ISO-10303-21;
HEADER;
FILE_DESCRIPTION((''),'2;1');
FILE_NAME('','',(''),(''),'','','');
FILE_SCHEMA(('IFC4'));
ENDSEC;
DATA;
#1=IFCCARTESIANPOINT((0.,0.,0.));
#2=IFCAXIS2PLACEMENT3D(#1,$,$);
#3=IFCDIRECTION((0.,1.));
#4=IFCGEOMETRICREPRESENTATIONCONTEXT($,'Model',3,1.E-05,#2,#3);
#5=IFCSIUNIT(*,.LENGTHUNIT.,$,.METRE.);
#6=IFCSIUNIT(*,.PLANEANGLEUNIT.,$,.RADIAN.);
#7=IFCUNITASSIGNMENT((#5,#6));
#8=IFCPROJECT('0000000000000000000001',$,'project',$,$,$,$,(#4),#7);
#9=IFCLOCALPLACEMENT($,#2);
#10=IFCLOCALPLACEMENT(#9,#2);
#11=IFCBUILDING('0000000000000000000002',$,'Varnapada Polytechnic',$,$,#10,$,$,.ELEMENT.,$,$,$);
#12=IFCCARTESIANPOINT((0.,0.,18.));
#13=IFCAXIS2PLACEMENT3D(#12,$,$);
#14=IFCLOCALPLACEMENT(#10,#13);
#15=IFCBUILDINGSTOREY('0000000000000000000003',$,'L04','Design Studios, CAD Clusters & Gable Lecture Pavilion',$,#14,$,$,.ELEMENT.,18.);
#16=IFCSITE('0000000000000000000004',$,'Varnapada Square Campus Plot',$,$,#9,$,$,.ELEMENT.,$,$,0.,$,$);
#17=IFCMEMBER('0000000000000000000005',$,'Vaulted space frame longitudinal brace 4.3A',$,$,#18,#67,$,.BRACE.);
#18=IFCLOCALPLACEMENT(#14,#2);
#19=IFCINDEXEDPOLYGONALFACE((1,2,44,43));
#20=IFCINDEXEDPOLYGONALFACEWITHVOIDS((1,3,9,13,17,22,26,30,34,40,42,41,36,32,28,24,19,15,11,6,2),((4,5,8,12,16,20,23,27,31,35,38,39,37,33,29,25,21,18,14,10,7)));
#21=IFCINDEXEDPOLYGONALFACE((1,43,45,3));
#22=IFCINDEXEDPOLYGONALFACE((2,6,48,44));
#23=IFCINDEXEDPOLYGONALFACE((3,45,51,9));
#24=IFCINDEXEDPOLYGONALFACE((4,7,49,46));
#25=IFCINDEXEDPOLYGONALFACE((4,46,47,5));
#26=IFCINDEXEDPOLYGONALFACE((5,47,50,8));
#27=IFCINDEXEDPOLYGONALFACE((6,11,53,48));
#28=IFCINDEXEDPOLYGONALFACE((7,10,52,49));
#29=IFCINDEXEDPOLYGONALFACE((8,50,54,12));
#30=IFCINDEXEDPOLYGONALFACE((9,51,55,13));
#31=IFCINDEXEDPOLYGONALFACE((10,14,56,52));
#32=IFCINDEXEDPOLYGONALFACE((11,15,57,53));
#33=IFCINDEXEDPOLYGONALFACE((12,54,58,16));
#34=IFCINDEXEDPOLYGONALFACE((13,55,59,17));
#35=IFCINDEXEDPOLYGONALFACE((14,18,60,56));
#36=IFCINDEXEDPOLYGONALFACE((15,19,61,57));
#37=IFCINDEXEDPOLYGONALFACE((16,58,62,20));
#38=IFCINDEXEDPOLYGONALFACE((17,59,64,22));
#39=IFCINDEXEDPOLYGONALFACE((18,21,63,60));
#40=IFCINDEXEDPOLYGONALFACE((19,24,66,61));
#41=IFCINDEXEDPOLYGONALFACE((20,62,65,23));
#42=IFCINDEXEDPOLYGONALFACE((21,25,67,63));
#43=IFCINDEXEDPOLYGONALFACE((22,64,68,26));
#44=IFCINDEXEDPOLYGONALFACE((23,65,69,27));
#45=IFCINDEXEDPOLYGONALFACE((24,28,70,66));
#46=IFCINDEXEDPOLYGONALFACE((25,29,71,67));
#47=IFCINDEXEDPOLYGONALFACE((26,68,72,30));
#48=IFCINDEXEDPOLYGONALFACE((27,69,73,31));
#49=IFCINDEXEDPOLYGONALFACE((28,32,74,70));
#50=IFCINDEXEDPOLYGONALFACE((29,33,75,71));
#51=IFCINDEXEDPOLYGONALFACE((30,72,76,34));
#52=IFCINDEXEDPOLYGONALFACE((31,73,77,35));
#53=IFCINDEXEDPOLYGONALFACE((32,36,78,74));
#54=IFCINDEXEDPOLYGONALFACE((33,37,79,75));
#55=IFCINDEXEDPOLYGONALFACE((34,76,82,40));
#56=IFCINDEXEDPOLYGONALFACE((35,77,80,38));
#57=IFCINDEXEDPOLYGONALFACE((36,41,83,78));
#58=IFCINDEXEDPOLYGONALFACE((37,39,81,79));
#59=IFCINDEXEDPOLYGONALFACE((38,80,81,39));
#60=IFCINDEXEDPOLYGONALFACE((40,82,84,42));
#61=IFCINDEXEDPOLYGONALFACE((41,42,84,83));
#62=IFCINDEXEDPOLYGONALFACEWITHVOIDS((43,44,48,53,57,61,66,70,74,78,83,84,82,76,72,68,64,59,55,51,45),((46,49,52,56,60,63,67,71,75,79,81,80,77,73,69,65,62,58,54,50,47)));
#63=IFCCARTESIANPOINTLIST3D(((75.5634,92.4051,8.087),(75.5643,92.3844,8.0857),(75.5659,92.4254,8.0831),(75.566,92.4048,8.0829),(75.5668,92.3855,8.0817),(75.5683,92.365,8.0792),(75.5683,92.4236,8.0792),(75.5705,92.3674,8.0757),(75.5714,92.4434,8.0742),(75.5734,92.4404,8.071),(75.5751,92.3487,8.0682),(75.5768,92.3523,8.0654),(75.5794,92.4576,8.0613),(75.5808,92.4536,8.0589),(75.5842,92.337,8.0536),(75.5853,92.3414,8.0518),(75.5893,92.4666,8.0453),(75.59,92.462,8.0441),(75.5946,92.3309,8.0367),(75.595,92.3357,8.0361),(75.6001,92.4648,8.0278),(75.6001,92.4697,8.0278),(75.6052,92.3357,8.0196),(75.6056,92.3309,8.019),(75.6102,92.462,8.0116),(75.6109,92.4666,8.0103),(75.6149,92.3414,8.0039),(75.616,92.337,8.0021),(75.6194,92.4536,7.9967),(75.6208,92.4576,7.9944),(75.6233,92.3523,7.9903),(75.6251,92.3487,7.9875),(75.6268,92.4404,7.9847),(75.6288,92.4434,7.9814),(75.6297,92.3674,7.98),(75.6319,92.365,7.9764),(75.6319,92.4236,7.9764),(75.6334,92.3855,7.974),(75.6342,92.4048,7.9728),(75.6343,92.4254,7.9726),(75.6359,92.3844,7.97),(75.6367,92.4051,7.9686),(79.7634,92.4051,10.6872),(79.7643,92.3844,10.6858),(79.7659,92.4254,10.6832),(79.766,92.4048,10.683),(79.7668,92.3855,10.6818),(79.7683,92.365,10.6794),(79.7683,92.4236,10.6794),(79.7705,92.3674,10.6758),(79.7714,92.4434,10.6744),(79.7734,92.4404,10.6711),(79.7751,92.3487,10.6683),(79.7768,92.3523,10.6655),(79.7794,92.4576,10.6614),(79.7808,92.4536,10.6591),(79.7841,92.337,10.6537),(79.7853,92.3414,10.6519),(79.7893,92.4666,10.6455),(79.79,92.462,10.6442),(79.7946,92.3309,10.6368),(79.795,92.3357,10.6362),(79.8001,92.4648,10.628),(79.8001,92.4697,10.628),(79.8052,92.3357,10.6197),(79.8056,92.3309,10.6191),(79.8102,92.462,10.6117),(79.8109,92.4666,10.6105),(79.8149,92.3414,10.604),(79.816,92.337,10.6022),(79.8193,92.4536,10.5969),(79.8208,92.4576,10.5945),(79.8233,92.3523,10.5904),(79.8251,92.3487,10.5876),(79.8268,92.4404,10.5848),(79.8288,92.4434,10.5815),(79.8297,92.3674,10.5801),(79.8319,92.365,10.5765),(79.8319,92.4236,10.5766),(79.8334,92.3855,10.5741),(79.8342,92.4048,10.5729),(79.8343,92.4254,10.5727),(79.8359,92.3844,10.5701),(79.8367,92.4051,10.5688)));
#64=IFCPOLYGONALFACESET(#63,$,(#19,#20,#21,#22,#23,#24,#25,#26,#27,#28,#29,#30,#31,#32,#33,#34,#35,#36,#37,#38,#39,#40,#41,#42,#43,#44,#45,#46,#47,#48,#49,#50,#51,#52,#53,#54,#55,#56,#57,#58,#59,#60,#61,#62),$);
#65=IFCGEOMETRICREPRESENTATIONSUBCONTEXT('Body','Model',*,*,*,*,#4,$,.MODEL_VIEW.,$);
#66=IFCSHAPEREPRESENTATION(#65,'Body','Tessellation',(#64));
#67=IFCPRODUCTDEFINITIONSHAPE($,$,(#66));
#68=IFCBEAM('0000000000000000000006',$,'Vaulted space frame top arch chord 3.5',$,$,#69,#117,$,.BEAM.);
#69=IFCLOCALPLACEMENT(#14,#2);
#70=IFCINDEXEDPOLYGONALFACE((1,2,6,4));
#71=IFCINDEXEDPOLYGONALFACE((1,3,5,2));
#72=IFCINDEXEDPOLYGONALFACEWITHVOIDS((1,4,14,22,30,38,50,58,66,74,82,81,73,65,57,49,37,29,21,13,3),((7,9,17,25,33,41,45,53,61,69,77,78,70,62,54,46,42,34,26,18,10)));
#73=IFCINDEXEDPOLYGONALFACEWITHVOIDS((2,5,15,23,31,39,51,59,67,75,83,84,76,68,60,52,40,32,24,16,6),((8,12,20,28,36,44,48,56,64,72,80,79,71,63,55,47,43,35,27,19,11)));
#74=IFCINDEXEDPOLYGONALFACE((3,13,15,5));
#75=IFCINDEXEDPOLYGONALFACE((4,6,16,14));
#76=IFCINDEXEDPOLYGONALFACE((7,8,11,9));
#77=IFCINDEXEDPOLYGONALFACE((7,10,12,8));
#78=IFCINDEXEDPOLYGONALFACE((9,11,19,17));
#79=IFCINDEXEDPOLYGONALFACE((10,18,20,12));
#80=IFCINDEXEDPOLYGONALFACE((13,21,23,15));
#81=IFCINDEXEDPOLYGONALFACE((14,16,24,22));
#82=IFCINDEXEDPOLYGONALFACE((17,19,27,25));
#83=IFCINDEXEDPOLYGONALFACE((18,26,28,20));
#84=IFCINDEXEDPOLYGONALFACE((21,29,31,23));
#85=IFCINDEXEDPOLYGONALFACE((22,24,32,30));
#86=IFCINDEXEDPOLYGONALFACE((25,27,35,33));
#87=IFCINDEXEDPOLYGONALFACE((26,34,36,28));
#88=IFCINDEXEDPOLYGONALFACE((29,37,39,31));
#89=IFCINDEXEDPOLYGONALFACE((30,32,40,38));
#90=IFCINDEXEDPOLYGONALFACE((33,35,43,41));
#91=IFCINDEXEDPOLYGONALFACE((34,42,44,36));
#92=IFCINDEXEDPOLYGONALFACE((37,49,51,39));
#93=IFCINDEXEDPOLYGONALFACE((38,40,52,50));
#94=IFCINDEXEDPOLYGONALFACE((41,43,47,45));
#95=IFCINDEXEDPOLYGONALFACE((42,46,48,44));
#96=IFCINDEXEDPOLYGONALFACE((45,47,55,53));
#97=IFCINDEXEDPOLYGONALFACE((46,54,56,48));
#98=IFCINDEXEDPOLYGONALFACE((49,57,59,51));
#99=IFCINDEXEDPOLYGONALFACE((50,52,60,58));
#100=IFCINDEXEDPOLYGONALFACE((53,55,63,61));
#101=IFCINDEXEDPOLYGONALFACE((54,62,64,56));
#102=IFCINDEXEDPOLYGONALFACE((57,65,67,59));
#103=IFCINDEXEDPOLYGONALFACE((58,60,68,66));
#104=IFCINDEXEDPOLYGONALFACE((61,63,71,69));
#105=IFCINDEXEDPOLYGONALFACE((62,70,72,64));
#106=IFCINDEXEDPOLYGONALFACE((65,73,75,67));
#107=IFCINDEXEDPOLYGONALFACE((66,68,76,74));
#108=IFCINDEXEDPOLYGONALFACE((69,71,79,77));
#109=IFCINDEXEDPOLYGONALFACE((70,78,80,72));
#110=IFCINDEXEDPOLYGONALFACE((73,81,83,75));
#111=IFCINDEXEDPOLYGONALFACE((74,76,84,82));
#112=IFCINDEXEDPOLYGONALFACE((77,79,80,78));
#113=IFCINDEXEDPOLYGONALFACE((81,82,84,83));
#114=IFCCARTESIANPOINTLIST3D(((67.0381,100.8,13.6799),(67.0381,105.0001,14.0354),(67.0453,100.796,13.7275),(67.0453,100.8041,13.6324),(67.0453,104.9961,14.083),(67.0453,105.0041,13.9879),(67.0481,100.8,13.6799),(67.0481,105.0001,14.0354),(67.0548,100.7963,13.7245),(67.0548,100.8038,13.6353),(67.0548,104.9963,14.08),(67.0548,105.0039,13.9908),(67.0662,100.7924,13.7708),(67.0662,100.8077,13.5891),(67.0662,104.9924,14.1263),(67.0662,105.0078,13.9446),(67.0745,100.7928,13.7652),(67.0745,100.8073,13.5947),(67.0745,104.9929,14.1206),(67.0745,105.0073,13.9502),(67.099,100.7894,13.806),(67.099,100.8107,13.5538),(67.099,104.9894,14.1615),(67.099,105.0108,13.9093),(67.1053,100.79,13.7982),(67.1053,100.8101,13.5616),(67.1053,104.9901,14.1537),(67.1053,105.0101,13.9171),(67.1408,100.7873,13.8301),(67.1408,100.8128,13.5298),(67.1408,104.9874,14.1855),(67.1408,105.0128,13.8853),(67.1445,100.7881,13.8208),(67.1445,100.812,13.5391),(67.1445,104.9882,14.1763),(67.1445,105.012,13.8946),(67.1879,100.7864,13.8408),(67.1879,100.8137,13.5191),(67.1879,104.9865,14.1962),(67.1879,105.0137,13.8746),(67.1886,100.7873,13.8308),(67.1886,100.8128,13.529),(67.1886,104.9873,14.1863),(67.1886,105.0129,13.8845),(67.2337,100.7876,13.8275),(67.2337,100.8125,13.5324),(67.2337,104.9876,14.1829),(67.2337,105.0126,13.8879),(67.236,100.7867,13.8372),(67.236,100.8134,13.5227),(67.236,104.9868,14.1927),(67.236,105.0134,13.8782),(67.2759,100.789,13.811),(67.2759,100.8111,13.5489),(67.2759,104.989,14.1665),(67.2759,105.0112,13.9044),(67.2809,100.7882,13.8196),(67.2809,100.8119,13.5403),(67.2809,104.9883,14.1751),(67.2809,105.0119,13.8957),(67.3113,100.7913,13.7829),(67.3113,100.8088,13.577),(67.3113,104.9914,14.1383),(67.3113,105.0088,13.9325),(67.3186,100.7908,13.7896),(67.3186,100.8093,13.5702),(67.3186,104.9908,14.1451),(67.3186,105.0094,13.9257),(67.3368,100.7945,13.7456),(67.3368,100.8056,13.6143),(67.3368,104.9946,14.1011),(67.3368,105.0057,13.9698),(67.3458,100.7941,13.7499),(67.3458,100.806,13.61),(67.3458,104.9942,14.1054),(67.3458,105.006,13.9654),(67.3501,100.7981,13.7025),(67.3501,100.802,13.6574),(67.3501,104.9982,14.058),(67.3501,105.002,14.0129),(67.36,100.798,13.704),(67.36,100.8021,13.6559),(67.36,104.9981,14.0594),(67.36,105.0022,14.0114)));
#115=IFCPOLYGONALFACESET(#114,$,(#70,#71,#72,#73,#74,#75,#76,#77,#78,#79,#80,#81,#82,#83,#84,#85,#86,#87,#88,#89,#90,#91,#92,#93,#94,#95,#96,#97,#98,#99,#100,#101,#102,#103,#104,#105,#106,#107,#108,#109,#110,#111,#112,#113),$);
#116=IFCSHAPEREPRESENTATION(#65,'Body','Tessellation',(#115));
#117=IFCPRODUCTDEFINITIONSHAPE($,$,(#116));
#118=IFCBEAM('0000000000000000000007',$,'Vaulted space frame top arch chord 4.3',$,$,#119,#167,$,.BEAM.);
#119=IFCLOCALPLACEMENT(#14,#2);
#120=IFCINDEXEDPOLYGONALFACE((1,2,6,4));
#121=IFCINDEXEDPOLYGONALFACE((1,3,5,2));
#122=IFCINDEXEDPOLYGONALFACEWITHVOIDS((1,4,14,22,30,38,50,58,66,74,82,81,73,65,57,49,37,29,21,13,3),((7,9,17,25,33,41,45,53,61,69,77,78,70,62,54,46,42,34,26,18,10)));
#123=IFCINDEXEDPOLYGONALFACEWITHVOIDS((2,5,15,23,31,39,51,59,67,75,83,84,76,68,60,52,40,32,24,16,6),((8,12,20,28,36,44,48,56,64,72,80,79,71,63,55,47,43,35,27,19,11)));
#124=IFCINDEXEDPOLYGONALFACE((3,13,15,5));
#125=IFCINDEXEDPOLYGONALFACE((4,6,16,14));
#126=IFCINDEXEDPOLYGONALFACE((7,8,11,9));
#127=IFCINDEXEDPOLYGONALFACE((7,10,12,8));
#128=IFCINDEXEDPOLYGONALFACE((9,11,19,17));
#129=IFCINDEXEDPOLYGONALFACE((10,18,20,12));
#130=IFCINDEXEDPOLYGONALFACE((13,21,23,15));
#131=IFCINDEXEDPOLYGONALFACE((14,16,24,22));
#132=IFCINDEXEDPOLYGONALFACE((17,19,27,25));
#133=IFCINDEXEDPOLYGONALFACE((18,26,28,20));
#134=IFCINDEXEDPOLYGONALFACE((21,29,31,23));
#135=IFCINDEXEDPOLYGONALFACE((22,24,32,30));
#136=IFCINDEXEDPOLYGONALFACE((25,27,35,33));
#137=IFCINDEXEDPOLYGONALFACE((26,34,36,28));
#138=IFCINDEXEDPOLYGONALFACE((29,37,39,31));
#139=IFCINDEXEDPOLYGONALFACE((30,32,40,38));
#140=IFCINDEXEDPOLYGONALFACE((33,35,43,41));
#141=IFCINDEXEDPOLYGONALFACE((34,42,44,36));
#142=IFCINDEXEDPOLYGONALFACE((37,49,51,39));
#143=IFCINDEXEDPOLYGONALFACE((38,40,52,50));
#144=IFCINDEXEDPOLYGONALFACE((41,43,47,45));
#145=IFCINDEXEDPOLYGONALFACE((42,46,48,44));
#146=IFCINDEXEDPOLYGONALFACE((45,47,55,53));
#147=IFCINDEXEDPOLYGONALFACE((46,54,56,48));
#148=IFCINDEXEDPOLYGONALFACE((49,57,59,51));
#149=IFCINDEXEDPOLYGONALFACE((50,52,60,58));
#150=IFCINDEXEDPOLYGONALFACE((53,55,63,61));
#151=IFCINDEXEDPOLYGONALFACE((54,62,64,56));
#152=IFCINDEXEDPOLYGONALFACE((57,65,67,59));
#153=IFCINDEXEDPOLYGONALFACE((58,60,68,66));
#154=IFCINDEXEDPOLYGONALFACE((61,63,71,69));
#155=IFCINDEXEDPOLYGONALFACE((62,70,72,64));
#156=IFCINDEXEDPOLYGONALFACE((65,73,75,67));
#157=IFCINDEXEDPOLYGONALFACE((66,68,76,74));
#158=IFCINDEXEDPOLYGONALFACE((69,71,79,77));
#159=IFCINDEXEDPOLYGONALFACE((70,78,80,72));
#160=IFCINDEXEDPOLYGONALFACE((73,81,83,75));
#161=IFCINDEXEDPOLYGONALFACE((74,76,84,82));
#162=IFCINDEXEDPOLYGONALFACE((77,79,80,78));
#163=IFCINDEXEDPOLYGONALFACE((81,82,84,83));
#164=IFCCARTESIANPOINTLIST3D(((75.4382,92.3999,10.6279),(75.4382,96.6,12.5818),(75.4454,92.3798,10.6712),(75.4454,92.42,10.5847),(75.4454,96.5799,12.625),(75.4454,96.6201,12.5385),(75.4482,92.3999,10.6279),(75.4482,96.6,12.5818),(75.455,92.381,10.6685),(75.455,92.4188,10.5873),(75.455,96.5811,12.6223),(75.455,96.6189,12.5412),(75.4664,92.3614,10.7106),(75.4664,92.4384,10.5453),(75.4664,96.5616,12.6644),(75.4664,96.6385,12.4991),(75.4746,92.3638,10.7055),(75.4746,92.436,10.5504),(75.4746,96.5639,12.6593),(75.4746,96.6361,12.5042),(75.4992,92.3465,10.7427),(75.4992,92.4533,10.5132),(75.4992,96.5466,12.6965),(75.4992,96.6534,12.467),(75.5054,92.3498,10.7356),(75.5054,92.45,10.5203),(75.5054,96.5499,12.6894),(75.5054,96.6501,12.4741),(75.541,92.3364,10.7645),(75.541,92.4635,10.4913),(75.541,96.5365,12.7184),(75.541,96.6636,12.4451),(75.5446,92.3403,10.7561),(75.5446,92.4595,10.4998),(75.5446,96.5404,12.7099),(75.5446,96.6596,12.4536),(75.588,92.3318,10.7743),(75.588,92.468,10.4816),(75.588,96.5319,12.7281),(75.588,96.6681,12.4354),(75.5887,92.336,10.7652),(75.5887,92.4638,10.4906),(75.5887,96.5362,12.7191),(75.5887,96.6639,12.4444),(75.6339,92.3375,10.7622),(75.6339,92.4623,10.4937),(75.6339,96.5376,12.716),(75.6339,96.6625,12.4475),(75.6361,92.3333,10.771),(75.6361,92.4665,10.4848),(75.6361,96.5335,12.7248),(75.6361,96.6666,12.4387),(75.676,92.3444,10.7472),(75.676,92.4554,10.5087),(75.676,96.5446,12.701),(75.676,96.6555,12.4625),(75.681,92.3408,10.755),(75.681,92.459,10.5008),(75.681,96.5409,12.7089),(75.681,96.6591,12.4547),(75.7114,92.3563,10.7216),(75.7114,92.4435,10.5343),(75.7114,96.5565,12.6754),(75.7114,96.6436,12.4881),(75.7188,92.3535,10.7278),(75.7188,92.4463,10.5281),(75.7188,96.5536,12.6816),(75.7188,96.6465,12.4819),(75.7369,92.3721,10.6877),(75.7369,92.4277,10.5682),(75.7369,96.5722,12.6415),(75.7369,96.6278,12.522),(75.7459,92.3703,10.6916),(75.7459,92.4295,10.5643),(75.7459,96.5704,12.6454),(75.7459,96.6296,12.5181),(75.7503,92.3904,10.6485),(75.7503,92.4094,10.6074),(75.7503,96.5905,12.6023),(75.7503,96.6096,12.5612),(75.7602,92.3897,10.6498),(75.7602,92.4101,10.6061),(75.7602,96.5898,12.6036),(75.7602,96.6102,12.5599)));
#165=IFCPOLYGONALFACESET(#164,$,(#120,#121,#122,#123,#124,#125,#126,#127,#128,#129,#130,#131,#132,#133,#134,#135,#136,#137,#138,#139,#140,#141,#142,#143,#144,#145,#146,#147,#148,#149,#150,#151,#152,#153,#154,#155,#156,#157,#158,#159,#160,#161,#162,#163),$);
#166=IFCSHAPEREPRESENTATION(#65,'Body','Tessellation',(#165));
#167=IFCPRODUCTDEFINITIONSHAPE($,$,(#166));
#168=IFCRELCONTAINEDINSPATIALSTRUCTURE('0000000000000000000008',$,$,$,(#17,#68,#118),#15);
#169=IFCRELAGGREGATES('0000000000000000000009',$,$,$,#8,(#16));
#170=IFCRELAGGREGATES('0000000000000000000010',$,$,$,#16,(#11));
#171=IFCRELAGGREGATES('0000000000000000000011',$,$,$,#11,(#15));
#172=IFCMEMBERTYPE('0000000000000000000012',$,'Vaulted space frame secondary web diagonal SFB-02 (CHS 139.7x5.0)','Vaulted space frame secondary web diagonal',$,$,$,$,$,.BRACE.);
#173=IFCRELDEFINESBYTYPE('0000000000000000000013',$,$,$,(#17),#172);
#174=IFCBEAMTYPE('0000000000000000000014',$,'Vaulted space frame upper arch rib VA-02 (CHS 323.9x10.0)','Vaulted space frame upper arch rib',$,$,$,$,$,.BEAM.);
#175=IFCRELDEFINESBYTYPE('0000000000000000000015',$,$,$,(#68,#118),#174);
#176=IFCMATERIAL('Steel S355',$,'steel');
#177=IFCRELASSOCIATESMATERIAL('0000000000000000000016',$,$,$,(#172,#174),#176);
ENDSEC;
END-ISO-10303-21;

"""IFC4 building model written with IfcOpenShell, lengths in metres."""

from ifc_helpers import new_model, si_unit, direction, frame, origin, origin_2d, place, context, subcontext, project, spatial, hollow_circle, extrude, material, material_profile, profile_set, type_object, element, save


model = new_model("IFC4")

# Units and contexts
model_context = context("Model", 3, precision=1e-05, world=origin(), true_north=direction((0.0, 1.0)))
body_context = subcontext(model_context, "Body", "Model", "MODEL_VIEW")
ifc_project = project(units=[si_unit("LENGTHUNIT", "METRE"), si_unit("PLANEANGLEUNIT", "RADIAN")], contexts=[model_context])

# Site, building, storey
site_placement = place(None, origin())
site = spatial("IfcSite", under=ifc_project, at=site_placement, Name="Varnapada Square Campus Plot", CompositionType="ELEMENT", RefElevation=0.0)
building_placement = place(site_placement, origin())
building = spatial("IfcBuilding", under=site, at=building_placement, Name="Varnapada Polytechnic", CompositionType="ELEMENT")
storey_placement = place(building_placement, frame((0.0, 0.0, 18.0)))
storey = spatial("IfcBuildingStorey", under=building, at=storey_placement, Name="L04", Description="Design Studios, CAD Clusters & Gable Lecture Pavilion", CompositionType="ELEMENT", Elevation=18.0)

# Shared definitions
ifc_material = material(Name="Steel S355", Category="steel")

# Member
ifc_material_profile_1 = material_profile(ifc_material, hollow_circle(Radius=0.0698, WallThickness=0.0049, at=origin_2d()), Name="CHS 139.7x5.0")
ifc_profile_set_1 = profile_set([ifc_material_profile_1], Name="Steel S355")
member_type_1 = type_object("IfcMemberType", Name="Vaulted space frame secondary web diagonal SFB-02 (CHS 139.7x5.0)", Description="Vaulted space frame secondary web diagonal", PredefinedType="BRACE", material=ifc_profile_set_1)
for number, where, z_axis, x_axis, name in (
    (1, (75.6001, 92.3999, 8.0278), (0.850254, 0.0, 0.526373), (0.0, 1.0, 0.0), "Vaulted space frame longitudinal brace 4.3A"),
):
    element("IfcMember", number, at=place(storey_placement, frame(where, z_axis=z_axis, x_axis=x_axis)), inside=storey, type_object=member_type_1, Name=name, PredefinedType="BRACE", context=body_context, shape_type="SweptSolid", body=[
        extrude(hollow_circle(Radius=0.0698, WallThickness=0.0049, at=origin_2d()), origin(), (0.0, 0.0, 1.0), 4.9397),
    ])

# Beams
ifc_material_profile_2 = material_profile(ifc_material, hollow_circle(Radius=0.1619, WallThickness=0.01, at=origin_2d()), Name="CHS 323.9x10.0")
ifc_profile_set_2 = profile_set([ifc_material_profile_2], Name="Steel S355")
beam_type_1 = type_object("IfcBeamType", Name="Vaulted space frame upper arch rib VA-02 (CHS 323.9x10.0)", Description="Vaulted space frame upper arch rib", PredefinedType="BEAM", material=ifc_profile_set_2)
beam_1_placement = place(storey_placement, frame((67.2, 100.8, 13.6799), z_axis=(0.0, 0.996437, 0.084335), x_axis=(-1.0, 0.0, 0.0)))
element("IfcBeam", 2, at=beam_1_placement, inside=storey, type_object=beam_type_1, Name="Vaulted space frame top arch chord 3.5", PredefinedType="BEAM", context=body_context, shape_type="SweptSolid", body=[
    extrude(hollow_circle(Radius=0.1619, WallThickness=0.01, at=origin_2d()), origin(), (0.0, 0.0, 1.0), 4.2151),
])
beam_2_placement = place(storey_placement, frame((75.6001, 92.3999, 10.6279), z_axis=(0.0, 0.906698, 0.42178), x_axis=(-1.0, 0.0, 0.0)))
element("IfcBeam", 3, at=beam_2_placement, inside=storey, type_object=beam_type_1, Name="Vaulted space frame top arch chord 4.3", PredefinedType="BEAM", context=body_context, shape_type="SweptSolid", body=[
    extrude(hollow_circle(Radius=0.1619, WallThickness=0.01, at=origin_2d()), origin(), (0.0, 0.0, 1.0), 4.6323),
])

save(model, "model.ifc")
